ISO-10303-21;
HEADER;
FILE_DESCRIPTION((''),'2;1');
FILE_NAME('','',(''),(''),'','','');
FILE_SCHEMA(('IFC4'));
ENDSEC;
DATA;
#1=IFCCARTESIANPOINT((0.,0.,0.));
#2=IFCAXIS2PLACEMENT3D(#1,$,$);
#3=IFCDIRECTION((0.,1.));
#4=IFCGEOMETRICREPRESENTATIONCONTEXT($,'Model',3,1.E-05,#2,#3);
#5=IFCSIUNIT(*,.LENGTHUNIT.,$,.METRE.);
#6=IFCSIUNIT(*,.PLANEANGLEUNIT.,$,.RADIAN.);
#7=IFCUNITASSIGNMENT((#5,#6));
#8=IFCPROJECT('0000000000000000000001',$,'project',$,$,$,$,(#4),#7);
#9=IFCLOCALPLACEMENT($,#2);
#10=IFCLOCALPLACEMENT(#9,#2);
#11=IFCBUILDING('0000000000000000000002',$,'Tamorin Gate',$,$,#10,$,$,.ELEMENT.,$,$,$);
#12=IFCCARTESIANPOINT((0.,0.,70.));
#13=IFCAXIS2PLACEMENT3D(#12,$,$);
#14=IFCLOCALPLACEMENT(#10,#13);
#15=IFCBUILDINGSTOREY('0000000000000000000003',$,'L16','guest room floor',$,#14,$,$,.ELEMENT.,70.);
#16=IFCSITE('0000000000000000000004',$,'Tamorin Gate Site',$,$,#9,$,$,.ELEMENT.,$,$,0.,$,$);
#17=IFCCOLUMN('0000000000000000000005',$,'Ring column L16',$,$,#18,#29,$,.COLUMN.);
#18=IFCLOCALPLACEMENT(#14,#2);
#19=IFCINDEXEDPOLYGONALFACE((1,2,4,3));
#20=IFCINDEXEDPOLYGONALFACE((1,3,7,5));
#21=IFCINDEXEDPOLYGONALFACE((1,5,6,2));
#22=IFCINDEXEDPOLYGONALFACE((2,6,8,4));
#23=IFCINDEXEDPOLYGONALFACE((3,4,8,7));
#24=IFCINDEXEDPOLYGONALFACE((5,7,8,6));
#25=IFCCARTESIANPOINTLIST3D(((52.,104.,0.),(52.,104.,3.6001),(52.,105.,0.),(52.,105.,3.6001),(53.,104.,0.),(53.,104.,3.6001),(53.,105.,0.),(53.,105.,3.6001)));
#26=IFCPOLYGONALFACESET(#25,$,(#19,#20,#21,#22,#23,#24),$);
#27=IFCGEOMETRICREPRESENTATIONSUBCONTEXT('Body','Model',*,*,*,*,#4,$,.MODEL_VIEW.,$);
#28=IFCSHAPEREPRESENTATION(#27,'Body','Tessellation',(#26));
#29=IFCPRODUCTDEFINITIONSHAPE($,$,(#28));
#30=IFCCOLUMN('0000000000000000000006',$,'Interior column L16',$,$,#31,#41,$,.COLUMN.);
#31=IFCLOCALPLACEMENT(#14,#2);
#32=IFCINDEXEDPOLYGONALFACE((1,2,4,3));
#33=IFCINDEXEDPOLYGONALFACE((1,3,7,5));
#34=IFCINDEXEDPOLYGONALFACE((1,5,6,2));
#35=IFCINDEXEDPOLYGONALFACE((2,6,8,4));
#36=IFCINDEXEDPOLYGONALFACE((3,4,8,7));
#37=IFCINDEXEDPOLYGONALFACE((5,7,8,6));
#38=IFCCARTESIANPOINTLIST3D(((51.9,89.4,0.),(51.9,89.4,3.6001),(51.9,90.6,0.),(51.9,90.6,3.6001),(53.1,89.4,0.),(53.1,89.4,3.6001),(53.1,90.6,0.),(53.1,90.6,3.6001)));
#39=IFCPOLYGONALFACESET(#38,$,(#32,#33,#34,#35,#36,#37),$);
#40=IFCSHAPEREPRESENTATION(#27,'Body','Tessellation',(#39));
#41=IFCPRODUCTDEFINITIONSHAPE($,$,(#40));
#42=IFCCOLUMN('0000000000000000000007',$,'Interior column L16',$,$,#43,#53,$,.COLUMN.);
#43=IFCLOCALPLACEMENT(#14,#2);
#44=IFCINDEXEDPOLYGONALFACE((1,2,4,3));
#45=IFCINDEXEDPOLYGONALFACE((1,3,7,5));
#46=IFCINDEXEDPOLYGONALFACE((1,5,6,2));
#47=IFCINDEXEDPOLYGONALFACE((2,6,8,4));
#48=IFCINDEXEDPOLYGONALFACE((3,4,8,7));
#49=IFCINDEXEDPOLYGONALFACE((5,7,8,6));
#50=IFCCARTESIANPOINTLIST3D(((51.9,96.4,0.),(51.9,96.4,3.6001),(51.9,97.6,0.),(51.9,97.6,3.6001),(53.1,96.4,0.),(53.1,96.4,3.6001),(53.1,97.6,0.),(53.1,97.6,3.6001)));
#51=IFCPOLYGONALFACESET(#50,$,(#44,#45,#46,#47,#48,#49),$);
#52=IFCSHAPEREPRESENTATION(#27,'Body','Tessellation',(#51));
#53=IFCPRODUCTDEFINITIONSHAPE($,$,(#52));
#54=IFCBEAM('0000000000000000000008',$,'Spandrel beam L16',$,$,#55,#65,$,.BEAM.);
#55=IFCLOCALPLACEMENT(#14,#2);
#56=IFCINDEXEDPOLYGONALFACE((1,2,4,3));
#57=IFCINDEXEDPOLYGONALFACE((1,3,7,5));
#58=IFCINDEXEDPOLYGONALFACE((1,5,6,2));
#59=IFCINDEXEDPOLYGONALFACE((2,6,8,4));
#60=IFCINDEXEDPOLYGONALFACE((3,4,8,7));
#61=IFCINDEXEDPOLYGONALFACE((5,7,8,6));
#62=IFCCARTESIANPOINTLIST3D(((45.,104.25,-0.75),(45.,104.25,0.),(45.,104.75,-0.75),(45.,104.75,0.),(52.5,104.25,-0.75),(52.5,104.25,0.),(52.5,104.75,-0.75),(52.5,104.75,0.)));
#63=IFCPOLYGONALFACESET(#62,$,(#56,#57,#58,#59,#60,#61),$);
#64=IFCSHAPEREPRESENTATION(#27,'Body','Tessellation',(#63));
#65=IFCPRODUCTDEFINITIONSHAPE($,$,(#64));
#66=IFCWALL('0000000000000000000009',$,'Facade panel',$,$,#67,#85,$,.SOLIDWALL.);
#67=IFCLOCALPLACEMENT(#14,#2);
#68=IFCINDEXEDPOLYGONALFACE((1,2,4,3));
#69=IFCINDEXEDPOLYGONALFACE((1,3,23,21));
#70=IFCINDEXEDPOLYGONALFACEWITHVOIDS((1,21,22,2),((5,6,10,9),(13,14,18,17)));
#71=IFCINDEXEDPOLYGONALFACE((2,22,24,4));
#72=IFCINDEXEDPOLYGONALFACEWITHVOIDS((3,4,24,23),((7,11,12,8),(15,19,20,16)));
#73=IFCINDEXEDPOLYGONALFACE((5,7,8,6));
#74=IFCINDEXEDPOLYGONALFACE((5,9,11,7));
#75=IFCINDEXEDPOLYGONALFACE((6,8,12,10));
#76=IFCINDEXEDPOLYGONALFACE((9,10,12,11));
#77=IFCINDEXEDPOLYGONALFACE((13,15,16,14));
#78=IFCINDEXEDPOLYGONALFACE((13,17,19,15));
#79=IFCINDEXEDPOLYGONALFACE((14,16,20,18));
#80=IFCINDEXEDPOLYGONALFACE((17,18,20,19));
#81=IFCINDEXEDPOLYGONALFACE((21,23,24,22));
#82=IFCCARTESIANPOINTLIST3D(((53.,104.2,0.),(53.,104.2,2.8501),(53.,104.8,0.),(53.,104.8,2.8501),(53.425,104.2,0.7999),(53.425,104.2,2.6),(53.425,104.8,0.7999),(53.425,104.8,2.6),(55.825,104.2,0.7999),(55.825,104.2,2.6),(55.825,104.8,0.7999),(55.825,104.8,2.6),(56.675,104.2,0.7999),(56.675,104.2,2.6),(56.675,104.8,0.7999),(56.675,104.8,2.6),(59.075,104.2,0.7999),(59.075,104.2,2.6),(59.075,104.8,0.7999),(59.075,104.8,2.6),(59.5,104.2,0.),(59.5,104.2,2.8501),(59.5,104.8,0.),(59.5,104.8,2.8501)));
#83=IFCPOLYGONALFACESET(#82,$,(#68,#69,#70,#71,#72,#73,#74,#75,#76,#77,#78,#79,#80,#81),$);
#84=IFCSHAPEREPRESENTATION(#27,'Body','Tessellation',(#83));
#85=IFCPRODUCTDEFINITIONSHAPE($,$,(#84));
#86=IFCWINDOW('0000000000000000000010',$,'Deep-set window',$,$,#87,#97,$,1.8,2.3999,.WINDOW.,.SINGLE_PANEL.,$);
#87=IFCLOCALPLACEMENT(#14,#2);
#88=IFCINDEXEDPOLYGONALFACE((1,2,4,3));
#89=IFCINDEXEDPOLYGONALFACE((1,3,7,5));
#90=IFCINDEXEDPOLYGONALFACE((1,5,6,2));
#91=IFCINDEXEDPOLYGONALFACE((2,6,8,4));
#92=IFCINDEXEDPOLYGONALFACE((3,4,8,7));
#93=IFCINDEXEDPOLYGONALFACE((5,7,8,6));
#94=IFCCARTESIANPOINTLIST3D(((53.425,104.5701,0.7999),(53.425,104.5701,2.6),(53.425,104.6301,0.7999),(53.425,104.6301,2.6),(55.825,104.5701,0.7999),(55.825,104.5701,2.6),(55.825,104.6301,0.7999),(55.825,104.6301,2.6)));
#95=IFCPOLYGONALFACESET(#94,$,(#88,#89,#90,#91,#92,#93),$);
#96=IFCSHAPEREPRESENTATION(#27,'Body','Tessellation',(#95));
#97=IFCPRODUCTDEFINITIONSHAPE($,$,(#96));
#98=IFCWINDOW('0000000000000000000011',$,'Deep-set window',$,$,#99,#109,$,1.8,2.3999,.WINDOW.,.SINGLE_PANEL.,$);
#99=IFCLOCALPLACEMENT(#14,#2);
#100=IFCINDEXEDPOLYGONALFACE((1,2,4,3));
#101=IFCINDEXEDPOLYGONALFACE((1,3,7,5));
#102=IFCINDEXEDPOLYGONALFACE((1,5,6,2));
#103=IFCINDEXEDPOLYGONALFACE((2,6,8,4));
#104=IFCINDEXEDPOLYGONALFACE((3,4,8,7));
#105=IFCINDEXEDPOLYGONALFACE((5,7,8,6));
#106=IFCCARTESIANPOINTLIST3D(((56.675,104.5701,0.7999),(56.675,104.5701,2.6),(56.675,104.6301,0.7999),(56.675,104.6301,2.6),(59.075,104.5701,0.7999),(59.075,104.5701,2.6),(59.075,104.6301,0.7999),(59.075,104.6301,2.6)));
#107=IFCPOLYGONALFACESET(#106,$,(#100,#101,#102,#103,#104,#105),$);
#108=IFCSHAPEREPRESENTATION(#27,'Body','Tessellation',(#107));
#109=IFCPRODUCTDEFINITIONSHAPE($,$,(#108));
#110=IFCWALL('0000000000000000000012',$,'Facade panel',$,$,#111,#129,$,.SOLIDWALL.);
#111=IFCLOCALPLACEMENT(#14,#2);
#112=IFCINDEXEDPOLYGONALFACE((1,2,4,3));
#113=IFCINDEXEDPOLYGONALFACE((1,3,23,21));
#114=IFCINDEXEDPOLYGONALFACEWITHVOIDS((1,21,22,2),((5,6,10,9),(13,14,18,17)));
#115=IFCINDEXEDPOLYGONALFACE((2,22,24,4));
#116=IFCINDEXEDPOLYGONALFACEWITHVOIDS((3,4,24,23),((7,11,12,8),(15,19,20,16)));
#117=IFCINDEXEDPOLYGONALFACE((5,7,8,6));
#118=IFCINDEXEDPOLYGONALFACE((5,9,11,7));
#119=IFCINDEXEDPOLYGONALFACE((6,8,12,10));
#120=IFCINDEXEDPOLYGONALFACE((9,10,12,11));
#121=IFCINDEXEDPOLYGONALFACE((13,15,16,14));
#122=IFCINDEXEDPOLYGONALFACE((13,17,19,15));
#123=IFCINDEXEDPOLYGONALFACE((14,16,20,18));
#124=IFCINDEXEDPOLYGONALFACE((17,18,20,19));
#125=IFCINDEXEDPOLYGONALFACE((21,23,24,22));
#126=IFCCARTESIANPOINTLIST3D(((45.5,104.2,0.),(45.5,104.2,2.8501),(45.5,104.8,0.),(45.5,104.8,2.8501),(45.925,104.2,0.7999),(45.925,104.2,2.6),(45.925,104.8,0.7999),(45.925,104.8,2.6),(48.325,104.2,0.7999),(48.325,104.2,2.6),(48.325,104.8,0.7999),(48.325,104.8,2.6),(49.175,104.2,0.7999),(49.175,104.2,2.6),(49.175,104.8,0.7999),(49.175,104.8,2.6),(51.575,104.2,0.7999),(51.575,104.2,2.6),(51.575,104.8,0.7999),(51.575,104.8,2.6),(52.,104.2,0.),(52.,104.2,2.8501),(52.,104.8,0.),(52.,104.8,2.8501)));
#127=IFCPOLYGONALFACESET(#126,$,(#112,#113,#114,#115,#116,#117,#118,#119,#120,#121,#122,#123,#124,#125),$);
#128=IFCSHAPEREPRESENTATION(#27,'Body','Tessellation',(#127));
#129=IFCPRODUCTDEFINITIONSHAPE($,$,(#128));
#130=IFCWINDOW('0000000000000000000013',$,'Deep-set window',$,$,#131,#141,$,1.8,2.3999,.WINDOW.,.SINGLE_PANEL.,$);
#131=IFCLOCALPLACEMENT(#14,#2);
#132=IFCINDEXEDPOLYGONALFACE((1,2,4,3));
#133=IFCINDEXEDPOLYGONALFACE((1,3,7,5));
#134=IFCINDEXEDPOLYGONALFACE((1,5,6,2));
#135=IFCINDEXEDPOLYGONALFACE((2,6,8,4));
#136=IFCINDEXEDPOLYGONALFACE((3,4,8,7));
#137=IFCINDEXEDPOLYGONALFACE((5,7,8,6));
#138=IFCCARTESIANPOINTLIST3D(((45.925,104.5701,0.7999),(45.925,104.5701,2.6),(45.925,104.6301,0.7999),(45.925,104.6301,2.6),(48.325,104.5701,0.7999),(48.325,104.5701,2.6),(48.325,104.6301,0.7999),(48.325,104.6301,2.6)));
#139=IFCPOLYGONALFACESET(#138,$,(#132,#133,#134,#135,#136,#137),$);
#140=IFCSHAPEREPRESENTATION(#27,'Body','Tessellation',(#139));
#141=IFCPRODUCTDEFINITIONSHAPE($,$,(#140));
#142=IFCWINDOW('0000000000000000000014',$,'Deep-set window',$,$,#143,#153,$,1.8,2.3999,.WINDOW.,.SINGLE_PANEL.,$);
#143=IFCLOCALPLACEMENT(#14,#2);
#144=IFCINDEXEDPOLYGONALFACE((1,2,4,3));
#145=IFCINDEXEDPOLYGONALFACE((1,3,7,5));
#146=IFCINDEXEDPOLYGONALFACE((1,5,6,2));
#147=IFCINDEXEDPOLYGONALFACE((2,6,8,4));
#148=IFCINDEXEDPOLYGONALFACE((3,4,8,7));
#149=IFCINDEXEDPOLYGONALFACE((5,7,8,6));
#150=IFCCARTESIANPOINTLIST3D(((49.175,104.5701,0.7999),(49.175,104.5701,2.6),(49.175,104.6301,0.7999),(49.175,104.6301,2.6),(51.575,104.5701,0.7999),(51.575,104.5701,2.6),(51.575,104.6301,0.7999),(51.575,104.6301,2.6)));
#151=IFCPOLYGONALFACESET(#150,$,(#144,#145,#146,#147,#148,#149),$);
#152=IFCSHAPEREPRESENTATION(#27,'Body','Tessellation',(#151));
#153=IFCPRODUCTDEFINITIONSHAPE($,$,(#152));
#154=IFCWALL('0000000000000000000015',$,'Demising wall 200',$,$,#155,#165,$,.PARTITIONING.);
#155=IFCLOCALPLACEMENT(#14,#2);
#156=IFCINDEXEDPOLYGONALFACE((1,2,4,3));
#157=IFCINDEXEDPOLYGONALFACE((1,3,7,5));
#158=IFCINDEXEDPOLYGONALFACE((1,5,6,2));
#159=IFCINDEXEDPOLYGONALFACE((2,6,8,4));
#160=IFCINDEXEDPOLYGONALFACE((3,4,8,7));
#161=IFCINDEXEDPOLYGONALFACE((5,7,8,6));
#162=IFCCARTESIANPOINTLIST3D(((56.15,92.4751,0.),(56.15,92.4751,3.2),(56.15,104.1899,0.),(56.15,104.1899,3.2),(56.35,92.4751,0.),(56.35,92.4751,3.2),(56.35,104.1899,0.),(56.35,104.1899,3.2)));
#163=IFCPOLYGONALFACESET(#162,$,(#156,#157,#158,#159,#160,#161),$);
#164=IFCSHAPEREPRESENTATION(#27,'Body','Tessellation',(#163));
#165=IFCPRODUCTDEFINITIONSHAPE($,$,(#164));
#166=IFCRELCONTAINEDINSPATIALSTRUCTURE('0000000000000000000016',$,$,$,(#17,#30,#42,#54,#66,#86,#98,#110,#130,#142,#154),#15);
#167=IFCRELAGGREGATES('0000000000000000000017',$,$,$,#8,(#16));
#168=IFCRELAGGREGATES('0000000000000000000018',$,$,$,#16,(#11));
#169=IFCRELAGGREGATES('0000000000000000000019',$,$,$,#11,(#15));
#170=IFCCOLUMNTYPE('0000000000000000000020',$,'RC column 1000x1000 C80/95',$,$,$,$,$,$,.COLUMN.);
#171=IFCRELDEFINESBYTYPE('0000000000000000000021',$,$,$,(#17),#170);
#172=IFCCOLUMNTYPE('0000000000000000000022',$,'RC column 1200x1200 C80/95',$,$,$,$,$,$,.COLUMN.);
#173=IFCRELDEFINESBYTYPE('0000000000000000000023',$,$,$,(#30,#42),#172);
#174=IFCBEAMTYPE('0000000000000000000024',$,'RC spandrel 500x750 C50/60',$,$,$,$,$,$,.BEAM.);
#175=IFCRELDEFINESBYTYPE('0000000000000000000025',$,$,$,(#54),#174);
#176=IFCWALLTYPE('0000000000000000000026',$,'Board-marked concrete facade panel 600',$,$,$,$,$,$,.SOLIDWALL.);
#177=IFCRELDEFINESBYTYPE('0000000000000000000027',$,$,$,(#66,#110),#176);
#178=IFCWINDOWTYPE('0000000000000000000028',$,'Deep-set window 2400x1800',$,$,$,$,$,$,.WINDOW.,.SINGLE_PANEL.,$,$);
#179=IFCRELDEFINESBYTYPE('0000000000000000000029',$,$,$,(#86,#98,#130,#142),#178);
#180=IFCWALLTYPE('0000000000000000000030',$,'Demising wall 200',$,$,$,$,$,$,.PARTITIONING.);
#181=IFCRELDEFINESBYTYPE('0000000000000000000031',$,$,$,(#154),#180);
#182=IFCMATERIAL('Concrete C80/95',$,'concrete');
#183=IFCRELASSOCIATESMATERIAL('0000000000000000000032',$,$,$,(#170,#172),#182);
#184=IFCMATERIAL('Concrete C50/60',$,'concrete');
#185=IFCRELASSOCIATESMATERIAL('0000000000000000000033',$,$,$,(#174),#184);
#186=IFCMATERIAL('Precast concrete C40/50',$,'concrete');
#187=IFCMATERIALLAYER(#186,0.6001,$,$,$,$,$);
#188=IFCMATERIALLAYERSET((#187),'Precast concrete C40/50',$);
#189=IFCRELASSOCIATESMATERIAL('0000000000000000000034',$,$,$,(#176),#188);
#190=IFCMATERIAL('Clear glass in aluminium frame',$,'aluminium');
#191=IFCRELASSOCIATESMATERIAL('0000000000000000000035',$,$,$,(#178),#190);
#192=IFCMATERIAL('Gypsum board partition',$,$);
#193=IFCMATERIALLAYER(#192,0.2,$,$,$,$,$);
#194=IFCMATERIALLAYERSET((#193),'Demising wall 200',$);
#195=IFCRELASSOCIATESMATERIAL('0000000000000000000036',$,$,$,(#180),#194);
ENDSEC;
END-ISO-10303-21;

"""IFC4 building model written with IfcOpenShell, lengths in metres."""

from ifc_helpers import new_model, si_unit, direction, frame, frame_2d, origin, origin_2d, place, context, subcontext, project, spatial, rectangle, extrude, material, layer, layer_set, material_profile, profile_set, type_object, element, fill, save


model = new_model("IFC4")

# Units and contexts
model_context = context("Model", 3, precision=1e-05, world=origin(), true_north=direction((0.0, 1.0)))
body_context = subcontext(model_context, "Body", "Model", "MODEL_VIEW")
ifc_project = project(units=[si_unit("LENGTHUNIT", "METRE"), si_unit("PLANEANGLEUNIT", "RADIAN")], contexts=[model_context])

# Site, building, storey
site_placement = place(None, origin())
site = spatial("IfcSite", under=ifc_project, at=site_placement, Name="Tamorin Gate Site", CompositionType="ELEMENT", RefElevation=0.0)
building_placement = place(site_placement, origin())
building = spatial("IfcBuilding", under=site, at=building_placement, Name="Tamorin Gate", CompositionType="ELEMENT")
storey_placement = place(building_placement, frame((0.0, 0.0, 70.0)))
storey = spatial("IfcBuildingStorey", under=building, at=storey_placement, Name="L16", Description="guest room floor", CompositionType="ELEMENT", Elevation=70.0)

# Columns
ifc_material_1 = material(Name="Concrete C80/95", Category="concrete")
ifc_material_profile_1 = material_profile(ifc_material_1, rectangle(XDim=1.0, YDim=1.0, at=origin_2d()), Name="RC 1000x1000")
ifc_profile_set_1 = profile_set([ifc_material_profile_1], Name="Concrete C80/95")
column_type_1 = type_object("IfcColumnType", Name="RC column 1000x1000 C80/95", PredefinedType="COLUMN", material=ifc_profile_set_1)
column_placement = place(storey_placement, frame((52.5, 104.5, 0.0), z_axis=(0.0, 0.0, 1.0), x_axis=(1.0, 0.0, 0.0)))
element("IfcColumn", 1, at=column_placement, inside=storey, type_object=column_type_1, Name="Ring column L16", PredefinedType="COLUMN", context=body_context, shape_type="SweptSolid", body=[
    extrude(rectangle(XDim=1.0, YDim=1.0, at=origin_2d()), origin(), (0.0, 0.0, 1.0), 3.6001),
])
ifc_material_profile_2 = material_profile(ifc_material_1, rectangle(XDim=1.2, YDim=1.2, at=origin_2d()), Name="RC 1200x1200")
ifc_profile_set_2 = profile_set([ifc_material_profile_2], Name="Concrete C80/95")
column_type_2 = type_object("IfcColumnType", Name="RC column 1200x1200 C80/95", PredefinedType="COLUMN", material=ifc_profile_set_2)
for number, where, z_axis, x_axis, name in (
    (2, (52.5, 90.0, 0.0), (0.0, 0.0, 1.0), (1.0, 0.0, 0.0), "Interior column L16"),
    (3, (52.5, 97.0, 0.0), (0.0, 0.0, 1.0), (1.0, 0.0, 0.0), "Interior column L16"),
):
    element("IfcColumn", number, at=place(storey_placement, frame(where, z_axis=z_axis, x_axis=x_axis)), inside=storey, type_object=column_type_2, Name=name, PredefinedType="COLUMN", context=body_context, shape_type="SweptSolid", body=[
        extrude(rectangle(XDim=1.2, YDim=1.2, at=origin_2d()), origin(), (0.0, 0.0, 1.0), 3.6001),
    ])

# Beam
ifc_material_2 = material(Name="Concrete C50/60", Category="concrete")
ifc_material_profile_3 = material_profile(ifc_material_2, rectangle(XDim=0.5, YDim=0.75, at=origin_2d()), Name="RC 500x750")
ifc_profile_set_3 = profile_set([ifc_material_profile_3], Name="Concrete C50/60")
beam_type = type_object("IfcBeamType", Name="RC spandrel 500x750 C50/60", PredefinedType="BEAM", material=ifc_profile_set_3)
beam_placement = place(storey_placement, frame((52.5, 104.5, -0.375), z_axis=(-1.0, 0.0, 0.0), x_axis=(0.0, -1.0, 0.0)))
element("IfcBeam", 4, at=beam_placement, inside=storey, type_object=beam_type, Name="Spandrel beam L16", PredefinedType="BEAM", context=body_context, shape_type="SweptSolid", body=[
    extrude(rectangle(XDim=0.5, YDim=0.75, at=origin_2d()), origin(), (0.0, 0.0, 1.0), 7.5),
])

# Walls, openings, windows
ifc_material_3 = material(Name="Precast concrete C40/50", Category="concrete")
ifc_layer_1 = layer(ifc_material_3, 0.6001)
ifc_layer_set_1 = layer_set([ifc_layer_1], Name="Precast concrete C40/50")
wall_type_1 = type_object("IfcWallType", Name="Board-marked concrete facade panel 600", PredefinedType="SOLIDWALL", material=ifc_layer_set_1)
wall_1_placement = place(storey_placement, frame((59.5, 104.5, 0.0), z_axis=(0.0, 0.0, 1.0), x_axis=(-1.0, 0.0, 0.0)))
wall_1 = element("IfcWall", 5, at=wall_1_placement, inside=storey, type_object=wall_type_1, Name="Facade panel", PredefinedType="SOLIDWALL", context=body_context, shape_type="SweptSolid", body=[
    extrude(rectangle(XDim=6.5, YDim=0.6001, at=frame_2d((3.25, 0.0))), origin(), (0.0, 0.0, 1.0), 2.8501),
])
opening_1_placement = place(wall_1_placement, frame((3.675, 0.0, 0.8)))
opening_1 = element("IfcOpeningElement", 6, at=opening_1_placement, cuts=wall_1, PredefinedType="OPENING", context=body_context, shape_type="SweptSolid", body=[
    extrude(rectangle(XDim=2.3999, YDim=1.8, at=frame_2d((1.2, 0.8999))), frame((0.0, 0.3101, 0.0), z_axis=(0.0, -1.0, 0.0), x_axis=(1.0, 0.0, 0.0)), (0.0, 0.0, 1.0), 0.6201),
])
opening_2_placement = place(wall_1_placement, frame((0.425, 0.0, 0.8)))
opening_2 = element("IfcOpeningElement", 7, at=opening_2_placement, cuts=wall_1, PredefinedType="OPENING", context=body_context, shape_type="SweptSolid", body=[
    extrude(rectangle(XDim=2.3999, YDim=1.8, at=frame_2d((1.2, 0.8999))), frame((0.0, 0.3101, 0.0), z_axis=(0.0, -1.0, 0.0), x_axis=(1.0, 0.0, 0.0)), (0.0, 0.0, 1.0), 0.6201),
])
ifc_material_4 = material(Name="Clear glass in aluminium frame", Category="aluminium")
window_type = type_object("IfcWindowType", Name="Deep-set window 2400x1800", PartitioningType="SINGLE_PANEL", PredefinedType="WINDOW", material=ifc_material_4)
window_1_placement = place(opening_1_placement, origin())
window_1 = element("IfcWindow", 8, at=window_1_placement, inside=storey, type_object=window_type, Name="Deep-set window", OverallHeight=1.8, OverallWidth=2.3999, PartitioningType="SINGLE_PANEL", PredefinedType="WINDOW", context=body_context, shape_type="SweptSolid", body=[
    extrude(rectangle(XDim=2.3999, YDim=1.8, at=frame_2d((1.2, 0.8999))), frame((0.0, -0.0701, 0.0), z_axis=(0.0, -1.0, 0.0), x_axis=(1.0, 0.0, 0.0)), (0.0, 0.0, 1.0), 0.0601),
])
fill(opening_1, window_1)
window_2_placement = place(opening_2_placement, origin())
window_2 = element("IfcWindow", 9, at=window_2_placement, inside=storey, type_object=window_type, Name="Deep-set window", OverallHeight=1.8, OverallWidth=2.3999, PartitioningType="SINGLE_PANEL", PredefinedType="WINDOW", context=body_context, shape_type="SweptSolid", body=[
    extrude(rectangle(XDim=2.3999, YDim=1.8, at=frame_2d((1.2, 0.8999))), frame((0.0, -0.0701, 0.0), z_axis=(0.0, -1.0, 0.0), x_axis=(1.0, 0.0, 0.0)), (0.0, 0.0, 1.0), 0.0601),
])
fill(opening_2, window_2)
wall_2_placement = place(storey_placement, frame((52.0, 104.5, 0.0), z_axis=(0.0, 0.0, 1.0), x_axis=(-1.0, 0.0, 0.0)))
wall_2 = element("IfcWall", 10, at=wall_2_placement, inside=storey, type_object=wall_type_1, Name="Facade panel", PredefinedType="SOLIDWALL", context=body_context, shape_type="SweptSolid", body=[
    extrude(rectangle(XDim=6.5, YDim=0.6001, at=frame_2d((3.25, 0.0))), origin(), (0.0, 0.0, 1.0), 2.8501),
])
opening_3_placement = place(wall_2_placement, frame((3.675, 0.0, 0.8)))
opening_3 = element("IfcOpeningElement", 11, at=opening_3_placement, cuts=wall_2, PredefinedType="OPENING", context=body_context, shape_type="SweptSolid", body=[
    extrude(rectangle(XDim=2.3999, YDim=1.8, at=frame_2d((1.2, 0.8999))), frame((0.0, 0.3101, 0.0), z_axis=(0.0, -1.0, 0.0), x_axis=(1.0, 0.0, 0.0)), (0.0, 0.0, 1.0), 0.6201),
])
opening_4_placement = place(wall_2_placement, frame((0.425, 0.0, 0.8)))
opening_4 = element("IfcOpeningElement", 12, at=opening_4_placement, cuts=wall_2, PredefinedType="OPENING", context=body_context, shape_type="SweptSolid", body=[
    extrude(rectangle(XDim=2.3999, YDim=1.8, at=frame_2d((1.2, 0.8999))), frame((0.0, 0.3101, 0.0), z_axis=(0.0, -1.0, 0.0), x_axis=(1.0, 0.0, 0.0)), (0.0, 0.0, 1.0), 0.6201),
])
window_3_placement = place(opening_3_placement, origin())
window_3 = element("IfcWindow", 13, at=window_3_placement, inside=storey, type_object=window_type, Name="Deep-set window", OverallHeight=1.8, OverallWidth=2.3999, PartitioningType="SINGLE_PANEL", PredefinedType="WINDOW", context=body_context, shape_type="SweptSolid", body=[
    extrude(rectangle(XDim=2.3999, YDim=1.8, at=frame_2d((1.2, 0.8999))), frame((0.0, -0.0701, 0.0), z_axis=(0.0, -1.0, 0.0), x_axis=(1.0, 0.0, 0.0)), (0.0, 0.0, 1.0), 0.0601),
])
fill(opening_3, window_3)
window_4_placement = place(opening_4_placement, origin())
window_4 = element("IfcWindow", 14, at=window_4_placement, inside=storey, type_object=window_type, Name="Deep-set window", OverallHeight=1.8, OverallWidth=2.3999, PartitioningType="SINGLE_PANEL", PredefinedType="WINDOW", context=body_context, shape_type="SweptSolid", body=[
    extrude(rectangle(XDim=2.3999, YDim=1.8, at=frame_2d((1.2, 0.8999))), frame((0.0, -0.0701, 0.0), z_axis=(0.0, -1.0, 0.0), x_axis=(1.0, 0.0, 0.0)), (0.0, 0.0, 1.0), 0.0601),
])
fill(opening_4, window_4)

# Wall
ifc_material_5 = material(Name="Gypsum board partition")
ifc_layer_2 = layer(ifc_material_5, 0.2)
ifc_layer_set_2 = layer_set([ifc_layer_2], Name="Demising wall 200")
wall_type_2 = type_object("IfcWallType", Name="Demising wall 200", PredefinedType="PARTITIONING", material=ifc_layer_set_2)
wall_3_placement = place(storey_placement, frame((56.25, 92.4751, 0.0), z_axis=(0.0, 0.0, 1.0), x_axis=(0.0, 1.0, 0.0)))
element("IfcWall", 15, at=wall_3_placement, inside=storey, type_object=wall_type_2, Name="Demising wall 200", PredefinedType="PARTITIONING", context=body_context, shape_type="SweptSolid", body=[
    extrude(rectangle(XDim=11.7148, YDim=0.2, at=frame_2d((5.8574, 0.0))), origin(), (0.0, 0.0, 1.0), 3.2),
])

save(model, "model.ifc")
